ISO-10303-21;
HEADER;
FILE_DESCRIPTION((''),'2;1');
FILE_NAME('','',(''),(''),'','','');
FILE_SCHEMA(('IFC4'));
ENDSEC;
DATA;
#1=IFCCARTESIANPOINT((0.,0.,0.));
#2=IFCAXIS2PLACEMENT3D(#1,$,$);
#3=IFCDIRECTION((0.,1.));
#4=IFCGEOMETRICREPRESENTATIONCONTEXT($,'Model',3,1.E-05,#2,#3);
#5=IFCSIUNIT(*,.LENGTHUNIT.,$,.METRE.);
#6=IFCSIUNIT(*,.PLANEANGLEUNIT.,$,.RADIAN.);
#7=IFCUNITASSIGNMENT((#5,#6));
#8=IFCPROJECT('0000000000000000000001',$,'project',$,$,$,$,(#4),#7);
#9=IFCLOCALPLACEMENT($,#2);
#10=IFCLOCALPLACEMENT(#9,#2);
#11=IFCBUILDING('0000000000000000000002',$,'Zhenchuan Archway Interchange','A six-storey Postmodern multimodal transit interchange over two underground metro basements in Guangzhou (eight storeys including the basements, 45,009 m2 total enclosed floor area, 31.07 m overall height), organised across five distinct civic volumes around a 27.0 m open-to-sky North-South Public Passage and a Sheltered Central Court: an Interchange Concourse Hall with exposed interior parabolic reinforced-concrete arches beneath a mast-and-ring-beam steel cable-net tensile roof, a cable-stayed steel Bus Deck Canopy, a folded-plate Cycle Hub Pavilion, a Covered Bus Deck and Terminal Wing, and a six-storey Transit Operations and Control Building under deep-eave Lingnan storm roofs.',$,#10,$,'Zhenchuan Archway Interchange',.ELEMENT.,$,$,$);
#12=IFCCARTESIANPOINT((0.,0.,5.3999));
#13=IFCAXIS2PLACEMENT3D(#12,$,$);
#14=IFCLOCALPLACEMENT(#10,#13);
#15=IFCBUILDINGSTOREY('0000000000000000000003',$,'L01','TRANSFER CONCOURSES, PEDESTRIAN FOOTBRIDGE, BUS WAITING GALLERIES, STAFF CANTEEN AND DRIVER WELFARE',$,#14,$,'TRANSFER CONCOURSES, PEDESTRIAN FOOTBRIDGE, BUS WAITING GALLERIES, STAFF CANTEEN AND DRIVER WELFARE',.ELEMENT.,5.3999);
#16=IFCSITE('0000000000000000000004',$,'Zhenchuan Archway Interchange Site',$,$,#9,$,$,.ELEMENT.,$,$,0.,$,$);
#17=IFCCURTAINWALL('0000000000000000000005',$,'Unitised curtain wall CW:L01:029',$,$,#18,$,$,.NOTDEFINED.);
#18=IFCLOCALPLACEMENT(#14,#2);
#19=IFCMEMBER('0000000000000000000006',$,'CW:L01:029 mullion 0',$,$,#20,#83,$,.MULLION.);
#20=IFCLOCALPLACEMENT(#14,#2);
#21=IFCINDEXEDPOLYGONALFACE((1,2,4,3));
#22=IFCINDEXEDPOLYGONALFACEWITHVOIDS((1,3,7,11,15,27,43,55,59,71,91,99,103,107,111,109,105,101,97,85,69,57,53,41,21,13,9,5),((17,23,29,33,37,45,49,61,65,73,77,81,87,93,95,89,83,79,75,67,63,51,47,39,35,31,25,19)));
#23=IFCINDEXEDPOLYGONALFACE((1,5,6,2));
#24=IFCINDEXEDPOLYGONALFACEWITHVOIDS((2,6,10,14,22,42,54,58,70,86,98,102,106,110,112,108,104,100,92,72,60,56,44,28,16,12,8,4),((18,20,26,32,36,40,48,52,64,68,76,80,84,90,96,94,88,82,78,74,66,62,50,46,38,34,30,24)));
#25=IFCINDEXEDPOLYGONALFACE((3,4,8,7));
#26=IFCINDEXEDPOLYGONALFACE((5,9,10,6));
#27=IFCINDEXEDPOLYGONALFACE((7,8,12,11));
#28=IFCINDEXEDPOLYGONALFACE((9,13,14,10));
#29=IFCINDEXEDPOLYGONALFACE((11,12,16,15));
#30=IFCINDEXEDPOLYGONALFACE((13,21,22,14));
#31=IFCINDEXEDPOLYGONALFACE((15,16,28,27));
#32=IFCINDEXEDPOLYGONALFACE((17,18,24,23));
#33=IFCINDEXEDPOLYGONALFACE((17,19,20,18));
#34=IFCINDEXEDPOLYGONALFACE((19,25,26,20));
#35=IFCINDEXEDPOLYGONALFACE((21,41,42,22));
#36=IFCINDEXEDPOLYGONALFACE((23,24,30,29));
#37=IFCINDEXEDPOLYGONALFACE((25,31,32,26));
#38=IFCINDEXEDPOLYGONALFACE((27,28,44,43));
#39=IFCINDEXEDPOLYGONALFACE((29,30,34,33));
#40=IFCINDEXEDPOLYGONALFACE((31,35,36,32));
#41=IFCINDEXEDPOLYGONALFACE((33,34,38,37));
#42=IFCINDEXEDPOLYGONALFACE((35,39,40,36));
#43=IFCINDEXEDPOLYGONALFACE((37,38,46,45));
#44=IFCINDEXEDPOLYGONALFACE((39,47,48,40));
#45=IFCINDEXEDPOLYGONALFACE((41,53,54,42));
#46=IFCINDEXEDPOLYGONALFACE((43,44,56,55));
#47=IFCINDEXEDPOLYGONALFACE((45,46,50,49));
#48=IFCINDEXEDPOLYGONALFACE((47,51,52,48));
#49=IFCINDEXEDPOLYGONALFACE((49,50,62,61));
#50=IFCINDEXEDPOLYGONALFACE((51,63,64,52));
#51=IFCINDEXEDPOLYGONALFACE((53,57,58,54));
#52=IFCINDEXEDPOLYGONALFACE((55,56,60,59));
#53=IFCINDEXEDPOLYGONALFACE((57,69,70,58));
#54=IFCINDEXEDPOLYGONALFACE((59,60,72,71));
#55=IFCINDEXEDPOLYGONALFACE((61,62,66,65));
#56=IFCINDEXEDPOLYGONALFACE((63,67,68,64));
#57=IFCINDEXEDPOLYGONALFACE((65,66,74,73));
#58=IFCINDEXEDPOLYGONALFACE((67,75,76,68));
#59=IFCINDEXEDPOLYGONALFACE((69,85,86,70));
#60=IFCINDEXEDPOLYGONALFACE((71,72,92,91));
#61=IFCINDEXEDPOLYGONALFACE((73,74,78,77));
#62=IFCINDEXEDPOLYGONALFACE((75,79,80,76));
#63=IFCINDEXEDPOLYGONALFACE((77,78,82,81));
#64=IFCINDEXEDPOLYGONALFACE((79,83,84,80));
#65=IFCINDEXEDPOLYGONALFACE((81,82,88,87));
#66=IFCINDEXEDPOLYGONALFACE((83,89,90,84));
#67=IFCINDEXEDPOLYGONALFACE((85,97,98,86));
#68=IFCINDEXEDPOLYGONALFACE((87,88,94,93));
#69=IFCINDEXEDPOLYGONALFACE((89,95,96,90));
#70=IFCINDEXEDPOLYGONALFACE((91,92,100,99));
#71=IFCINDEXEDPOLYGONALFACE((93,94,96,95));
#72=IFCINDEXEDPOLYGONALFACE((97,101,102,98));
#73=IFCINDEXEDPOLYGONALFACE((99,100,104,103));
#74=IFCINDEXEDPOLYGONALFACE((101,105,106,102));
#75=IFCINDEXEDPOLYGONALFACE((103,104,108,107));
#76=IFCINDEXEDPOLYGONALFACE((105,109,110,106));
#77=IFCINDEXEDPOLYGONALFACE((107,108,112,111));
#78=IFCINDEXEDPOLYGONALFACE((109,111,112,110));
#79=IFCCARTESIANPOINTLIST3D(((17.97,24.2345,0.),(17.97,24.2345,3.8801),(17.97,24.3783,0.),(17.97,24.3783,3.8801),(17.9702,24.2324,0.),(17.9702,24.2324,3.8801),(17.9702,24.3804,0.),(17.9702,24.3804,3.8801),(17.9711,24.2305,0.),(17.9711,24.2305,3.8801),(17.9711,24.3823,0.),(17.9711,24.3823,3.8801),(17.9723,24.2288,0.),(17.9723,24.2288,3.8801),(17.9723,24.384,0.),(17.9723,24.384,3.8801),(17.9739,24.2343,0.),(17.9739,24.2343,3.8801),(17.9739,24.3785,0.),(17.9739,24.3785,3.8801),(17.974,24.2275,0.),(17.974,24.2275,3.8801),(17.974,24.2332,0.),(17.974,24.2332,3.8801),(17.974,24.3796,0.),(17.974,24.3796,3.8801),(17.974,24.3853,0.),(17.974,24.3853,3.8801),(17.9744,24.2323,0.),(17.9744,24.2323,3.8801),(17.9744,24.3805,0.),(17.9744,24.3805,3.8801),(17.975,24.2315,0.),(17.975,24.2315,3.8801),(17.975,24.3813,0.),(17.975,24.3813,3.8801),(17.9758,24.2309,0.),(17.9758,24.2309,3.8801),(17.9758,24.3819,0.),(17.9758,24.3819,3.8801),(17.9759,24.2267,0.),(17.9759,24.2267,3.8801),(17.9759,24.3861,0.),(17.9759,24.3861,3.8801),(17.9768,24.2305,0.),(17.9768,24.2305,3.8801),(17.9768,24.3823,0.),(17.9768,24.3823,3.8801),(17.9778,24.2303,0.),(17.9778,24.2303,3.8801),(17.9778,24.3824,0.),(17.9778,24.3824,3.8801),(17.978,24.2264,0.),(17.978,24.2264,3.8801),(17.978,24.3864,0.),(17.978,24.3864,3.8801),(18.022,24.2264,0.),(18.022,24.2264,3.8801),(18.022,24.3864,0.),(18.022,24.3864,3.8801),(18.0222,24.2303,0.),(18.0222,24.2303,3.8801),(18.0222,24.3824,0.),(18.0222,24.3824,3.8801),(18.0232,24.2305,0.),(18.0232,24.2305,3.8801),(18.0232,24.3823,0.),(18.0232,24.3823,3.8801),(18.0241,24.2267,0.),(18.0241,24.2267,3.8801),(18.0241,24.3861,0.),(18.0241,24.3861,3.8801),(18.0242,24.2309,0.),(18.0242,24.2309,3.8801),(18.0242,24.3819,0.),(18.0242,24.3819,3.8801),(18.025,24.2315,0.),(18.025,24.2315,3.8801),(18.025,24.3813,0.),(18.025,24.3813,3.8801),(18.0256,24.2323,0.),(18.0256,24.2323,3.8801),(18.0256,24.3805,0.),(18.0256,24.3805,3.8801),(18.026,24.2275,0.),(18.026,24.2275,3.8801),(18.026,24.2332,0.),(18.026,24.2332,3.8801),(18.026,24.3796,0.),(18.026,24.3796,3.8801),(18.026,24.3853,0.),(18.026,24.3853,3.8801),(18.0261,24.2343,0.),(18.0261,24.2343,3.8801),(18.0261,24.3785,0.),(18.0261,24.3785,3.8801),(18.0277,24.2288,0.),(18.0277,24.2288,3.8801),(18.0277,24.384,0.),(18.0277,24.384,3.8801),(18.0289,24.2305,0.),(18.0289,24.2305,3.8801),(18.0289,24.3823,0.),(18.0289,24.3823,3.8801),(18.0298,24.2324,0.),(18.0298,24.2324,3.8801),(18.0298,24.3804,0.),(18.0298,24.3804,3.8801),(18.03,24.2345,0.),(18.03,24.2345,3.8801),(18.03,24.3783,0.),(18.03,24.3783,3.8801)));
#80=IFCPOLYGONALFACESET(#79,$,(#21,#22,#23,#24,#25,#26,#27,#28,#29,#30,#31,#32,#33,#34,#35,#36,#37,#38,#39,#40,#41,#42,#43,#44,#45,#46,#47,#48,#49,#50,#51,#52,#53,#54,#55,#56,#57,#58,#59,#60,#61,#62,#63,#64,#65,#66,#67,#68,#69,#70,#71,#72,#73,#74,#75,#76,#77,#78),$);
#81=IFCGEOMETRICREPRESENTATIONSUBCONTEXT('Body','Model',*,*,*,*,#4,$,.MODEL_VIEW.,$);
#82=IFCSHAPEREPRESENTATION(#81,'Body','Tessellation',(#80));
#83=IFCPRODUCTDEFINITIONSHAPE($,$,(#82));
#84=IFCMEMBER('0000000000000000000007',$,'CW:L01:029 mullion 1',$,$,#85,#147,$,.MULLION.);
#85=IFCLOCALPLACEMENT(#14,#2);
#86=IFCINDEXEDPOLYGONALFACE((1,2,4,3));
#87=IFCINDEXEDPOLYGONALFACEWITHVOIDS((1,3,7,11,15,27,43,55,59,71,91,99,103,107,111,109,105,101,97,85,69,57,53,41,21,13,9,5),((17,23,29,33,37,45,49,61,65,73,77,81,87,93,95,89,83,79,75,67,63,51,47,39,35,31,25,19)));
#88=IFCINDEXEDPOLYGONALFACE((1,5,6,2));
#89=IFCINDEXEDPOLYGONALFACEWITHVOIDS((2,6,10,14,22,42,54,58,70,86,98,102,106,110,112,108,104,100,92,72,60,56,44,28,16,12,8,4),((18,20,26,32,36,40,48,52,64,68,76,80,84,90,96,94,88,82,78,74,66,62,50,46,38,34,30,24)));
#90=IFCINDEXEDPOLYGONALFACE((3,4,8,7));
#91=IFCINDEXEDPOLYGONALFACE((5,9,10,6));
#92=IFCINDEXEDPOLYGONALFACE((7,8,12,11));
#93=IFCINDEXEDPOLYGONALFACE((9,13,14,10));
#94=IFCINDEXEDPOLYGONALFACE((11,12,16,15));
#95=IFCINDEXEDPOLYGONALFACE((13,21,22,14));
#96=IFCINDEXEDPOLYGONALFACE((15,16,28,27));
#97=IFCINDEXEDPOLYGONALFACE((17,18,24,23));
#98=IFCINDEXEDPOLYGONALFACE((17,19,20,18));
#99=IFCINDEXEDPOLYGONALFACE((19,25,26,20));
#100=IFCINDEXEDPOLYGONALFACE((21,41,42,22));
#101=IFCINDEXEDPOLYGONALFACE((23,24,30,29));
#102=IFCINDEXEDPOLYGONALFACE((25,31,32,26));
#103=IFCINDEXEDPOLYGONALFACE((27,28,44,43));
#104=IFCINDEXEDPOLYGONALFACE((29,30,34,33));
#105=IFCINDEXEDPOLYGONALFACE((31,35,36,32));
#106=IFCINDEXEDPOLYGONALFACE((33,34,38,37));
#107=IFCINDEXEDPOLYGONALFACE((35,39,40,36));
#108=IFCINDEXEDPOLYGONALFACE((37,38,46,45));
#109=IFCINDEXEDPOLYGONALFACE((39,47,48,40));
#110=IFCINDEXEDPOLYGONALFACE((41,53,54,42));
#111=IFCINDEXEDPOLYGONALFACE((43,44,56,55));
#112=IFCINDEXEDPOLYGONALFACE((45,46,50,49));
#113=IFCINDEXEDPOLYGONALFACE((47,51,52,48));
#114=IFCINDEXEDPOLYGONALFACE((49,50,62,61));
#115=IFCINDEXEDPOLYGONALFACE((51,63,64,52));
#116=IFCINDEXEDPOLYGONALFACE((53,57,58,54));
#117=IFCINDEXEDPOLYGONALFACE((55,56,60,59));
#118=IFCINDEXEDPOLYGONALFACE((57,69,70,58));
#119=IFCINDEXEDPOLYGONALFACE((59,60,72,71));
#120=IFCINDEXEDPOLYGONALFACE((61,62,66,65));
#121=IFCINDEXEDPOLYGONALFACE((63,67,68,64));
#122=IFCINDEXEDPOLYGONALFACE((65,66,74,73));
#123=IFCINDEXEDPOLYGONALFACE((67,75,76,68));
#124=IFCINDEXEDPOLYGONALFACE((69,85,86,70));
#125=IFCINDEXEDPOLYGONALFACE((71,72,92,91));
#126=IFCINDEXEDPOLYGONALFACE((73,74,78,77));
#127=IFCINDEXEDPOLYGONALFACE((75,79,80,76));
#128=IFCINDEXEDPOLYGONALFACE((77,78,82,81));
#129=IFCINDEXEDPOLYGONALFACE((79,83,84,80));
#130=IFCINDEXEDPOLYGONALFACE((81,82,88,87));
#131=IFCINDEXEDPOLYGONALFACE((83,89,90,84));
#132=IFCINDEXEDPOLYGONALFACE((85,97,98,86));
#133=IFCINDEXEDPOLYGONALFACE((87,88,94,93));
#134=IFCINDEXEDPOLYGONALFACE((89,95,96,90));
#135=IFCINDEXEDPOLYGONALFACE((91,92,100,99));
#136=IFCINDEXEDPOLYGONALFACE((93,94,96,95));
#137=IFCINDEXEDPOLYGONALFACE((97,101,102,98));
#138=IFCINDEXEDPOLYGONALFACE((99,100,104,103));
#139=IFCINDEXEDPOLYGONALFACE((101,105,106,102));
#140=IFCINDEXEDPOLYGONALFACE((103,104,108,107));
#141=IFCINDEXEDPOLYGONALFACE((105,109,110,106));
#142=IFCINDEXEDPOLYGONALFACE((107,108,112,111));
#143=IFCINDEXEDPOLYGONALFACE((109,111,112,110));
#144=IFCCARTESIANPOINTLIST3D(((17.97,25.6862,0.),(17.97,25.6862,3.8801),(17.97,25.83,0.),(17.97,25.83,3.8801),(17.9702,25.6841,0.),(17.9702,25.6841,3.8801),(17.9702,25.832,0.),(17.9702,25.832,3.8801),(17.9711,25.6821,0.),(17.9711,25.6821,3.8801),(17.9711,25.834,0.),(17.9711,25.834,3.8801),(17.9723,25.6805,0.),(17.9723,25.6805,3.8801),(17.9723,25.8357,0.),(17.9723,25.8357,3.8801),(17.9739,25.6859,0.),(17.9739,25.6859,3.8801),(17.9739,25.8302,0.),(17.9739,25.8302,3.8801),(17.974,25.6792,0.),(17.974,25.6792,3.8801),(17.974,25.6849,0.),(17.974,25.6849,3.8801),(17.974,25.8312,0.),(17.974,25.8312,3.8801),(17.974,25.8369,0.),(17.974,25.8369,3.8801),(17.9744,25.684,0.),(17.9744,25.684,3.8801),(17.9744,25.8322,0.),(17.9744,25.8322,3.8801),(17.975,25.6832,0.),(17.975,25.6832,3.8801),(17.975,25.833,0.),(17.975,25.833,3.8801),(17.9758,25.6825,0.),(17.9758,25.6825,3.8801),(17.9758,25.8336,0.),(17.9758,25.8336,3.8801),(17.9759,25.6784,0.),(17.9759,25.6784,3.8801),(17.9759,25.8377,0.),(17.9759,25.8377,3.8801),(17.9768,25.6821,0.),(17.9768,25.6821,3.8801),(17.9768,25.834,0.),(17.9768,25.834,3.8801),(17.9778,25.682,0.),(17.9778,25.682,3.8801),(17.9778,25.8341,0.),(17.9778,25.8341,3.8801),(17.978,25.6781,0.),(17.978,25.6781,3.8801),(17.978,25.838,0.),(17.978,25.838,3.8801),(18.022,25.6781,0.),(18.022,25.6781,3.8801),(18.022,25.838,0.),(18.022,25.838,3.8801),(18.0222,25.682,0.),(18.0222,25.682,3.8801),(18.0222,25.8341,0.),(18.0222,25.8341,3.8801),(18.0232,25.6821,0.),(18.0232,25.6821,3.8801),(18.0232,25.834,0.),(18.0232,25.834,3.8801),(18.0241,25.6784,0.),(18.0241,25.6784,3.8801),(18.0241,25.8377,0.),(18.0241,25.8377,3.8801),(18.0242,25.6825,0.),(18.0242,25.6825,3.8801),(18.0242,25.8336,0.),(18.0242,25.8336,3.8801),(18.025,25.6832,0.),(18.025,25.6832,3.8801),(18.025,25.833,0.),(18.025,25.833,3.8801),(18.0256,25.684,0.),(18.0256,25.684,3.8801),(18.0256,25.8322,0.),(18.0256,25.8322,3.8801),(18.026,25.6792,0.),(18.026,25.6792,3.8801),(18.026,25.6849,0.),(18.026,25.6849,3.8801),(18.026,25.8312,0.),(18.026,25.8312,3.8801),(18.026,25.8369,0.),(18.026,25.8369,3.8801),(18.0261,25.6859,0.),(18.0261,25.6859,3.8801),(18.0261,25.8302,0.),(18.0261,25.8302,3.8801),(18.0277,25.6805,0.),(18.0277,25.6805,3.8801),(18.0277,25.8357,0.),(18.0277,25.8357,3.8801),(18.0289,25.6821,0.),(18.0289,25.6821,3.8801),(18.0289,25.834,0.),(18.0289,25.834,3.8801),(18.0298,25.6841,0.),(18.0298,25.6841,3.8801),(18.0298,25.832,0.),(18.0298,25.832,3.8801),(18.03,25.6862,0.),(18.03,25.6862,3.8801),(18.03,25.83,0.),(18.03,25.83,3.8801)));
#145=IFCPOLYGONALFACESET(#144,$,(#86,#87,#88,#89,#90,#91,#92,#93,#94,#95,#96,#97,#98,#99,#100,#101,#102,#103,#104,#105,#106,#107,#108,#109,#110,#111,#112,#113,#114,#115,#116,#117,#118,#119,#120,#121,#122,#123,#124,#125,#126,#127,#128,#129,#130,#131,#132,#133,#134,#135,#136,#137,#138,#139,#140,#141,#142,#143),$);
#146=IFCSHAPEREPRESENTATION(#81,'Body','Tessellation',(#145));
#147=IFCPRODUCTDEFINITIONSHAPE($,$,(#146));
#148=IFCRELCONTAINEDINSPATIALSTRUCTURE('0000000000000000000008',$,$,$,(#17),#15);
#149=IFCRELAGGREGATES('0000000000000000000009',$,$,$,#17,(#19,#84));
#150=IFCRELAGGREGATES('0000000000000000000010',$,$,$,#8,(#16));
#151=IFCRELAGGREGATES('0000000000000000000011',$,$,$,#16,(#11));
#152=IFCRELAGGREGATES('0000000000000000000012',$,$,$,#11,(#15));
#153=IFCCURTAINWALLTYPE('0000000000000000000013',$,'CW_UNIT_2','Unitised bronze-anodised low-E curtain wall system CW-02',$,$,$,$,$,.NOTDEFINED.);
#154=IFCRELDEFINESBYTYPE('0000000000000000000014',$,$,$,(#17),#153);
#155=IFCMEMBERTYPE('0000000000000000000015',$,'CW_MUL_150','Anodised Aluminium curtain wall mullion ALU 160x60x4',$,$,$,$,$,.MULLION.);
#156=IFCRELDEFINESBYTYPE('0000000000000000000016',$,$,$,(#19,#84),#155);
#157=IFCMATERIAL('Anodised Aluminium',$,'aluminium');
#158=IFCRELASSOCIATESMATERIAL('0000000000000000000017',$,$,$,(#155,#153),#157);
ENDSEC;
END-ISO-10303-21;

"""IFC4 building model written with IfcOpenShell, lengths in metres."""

from ifc_helpers import new_model, si_unit, direction, frame, origin, origin_2d, place, context, subcontext, project, spatial, hollow_rectangle, extrude, material, material_profile, profile_set, type_object, element, aggregate, save


model = new_model("IFC4")

# Units and contexts
model_context = context("Model", 3, precision=1e-05, world=origin(), true_north=direction((0.0, 1.0)))
body_context = subcontext(model_context, "Body", "Model", "MODEL_VIEW")
ifc_project = project(units=[si_unit("LENGTHUNIT", "METRE"), si_unit("PLANEANGLEUNIT", "RADIAN")], contexts=[model_context])

# Site, building, storey
site_placement = place(None, origin())
site = spatial("IfcSite", under=ifc_project, at=site_placement, Name="Zhenchuan Archway Interchange Site", CompositionType="ELEMENT", RefElevation=0.0)
building_placement = place(site_placement, origin())
building = spatial("IfcBuilding", under=site, at=building_placement, Name="Zhenchuan Archway Interchange", Description="A six-storey Postmodern multimodal transit interchange over two underground metro basements in Guangzhou (eight storeys including the basements, 45,009 m2 total enclosed floor area, 31.07 m overall height), organised across five distinct civic volumes around a 27.0 m open-to-sky North-South Public Passage and a Sheltered Central Court: an Interchange Concourse Hall with exposed interior parabolic reinforced-concrete arches beneath a mast-and-ring-beam steel cable-net tensile roof, a cable-stayed steel Bus Deck Canopy, a folded-plate Cycle Hub Pavilion, a Covered Bus Deck and Terminal Wing, and a six-storey Transit Operations and Control Building under deep-eave Lingnan storm roofs.", LongName="Zhenchuan Archway Interchange", CompositionType="ELEMENT")
storey_placement = place(building_placement, frame((0.0, 0.0, 5.3999)))
storey = spatial("IfcBuildingStorey", under=building, at=storey_placement, Name="L01", Description="TRANSFER CONCOURSES, PEDESTRIAN FOOTBRIDGE, BUS WAITING GALLERIES, STAFF CANTEEN AND DRIVER WELFARE", LongName="TRANSFER CONCOURSES, PEDESTRIAN FOOTBRIDGE, BUS WAITING GALLERIES, STAFF CANTEEN AND DRIVER WELFARE", CompositionType="ELEMENT", Elevation=5.3999)

# Curtain wall, members
ifc_material_1 = material(Name="Anodised Aluminium", Category="aluminium")
ifc_material_profile_1 = material_profile(ifc_material_1, hollow_rectangle(XDim=0.0601, YDim=0.1599, WallThickness=0.0039, InnerFilletRadius=0.0039, OuterFilletRadius=0.0081, at=origin_2d()), Name="ALU 160x60x4")
ifc_profile_set_1 = profile_set([ifc_material_profile_1], Name="Anodised Aluminium")
member_type_1 = type_object("IfcMemberType", Name="CW_MUL_150", Description="Anodised Aluminium curtain wall mullion ALU 160x60x4", PredefinedType="MULLION", material=ifc_profile_set_1)
curtain_wall_type_1 = type_object("IfcCurtainWallType", Name="CW_UNIT_2", Description="Unitised bronze-anodised low-E curtain wall system CW-02", PredefinedType="NOTDEFINED", material=ifc_material_1)
curtain_wall_1_placement = place(storey_placement, origin())
curtain_wall_1 = element("IfcCurtainWall", 1, at=curtain_wall_1_placement, inside=storey, type_object=curtain_wall_type_1, Name="Unitised curtain wall CW:L01:029", PredefinedType="NOTDEFINED")
member_1_placement = place(storey_placement, frame((18.0, 24.3064, 0.0), z_axis=(0.0, 0.0, 1.0), x_axis=(1.0, 0.0, 0.0)))
member_1 = element("IfcMember", 2, at=member_1_placement, type_object=member_type_1, Name="CW:L01:029 mullion 0", PredefinedType="MULLION", context=body_context, shape_type="SweptSolid", body=[
    extrude(hollow_rectangle(XDim=0.0601, YDim=0.1599, WallThickness=0.0039, InnerFilletRadius=0.0039, OuterFilletRadius=0.0081, at=origin_2d()), origin(), (0.0, 0.0, 1.0), 3.8801),
])
member_2_placement = place(storey_placement, frame((18.0, 25.7581, 0.0), z_axis=(0.0, 0.0, 1.0), x_axis=(1.0, 0.0, 0.0)))
member_2 = element("IfcMember", 3, at=member_2_placement, type_object=member_type_1, Name="CW:L01:029 mullion 1", PredefinedType="MULLION", context=body_context, shape_type="SweptSolid", body=[
    extrude(hollow_rectangle(XDim=0.0601, YDim=0.1599, WallThickness=0.0039, InnerFilletRadius=0.0039, OuterFilletRadius=0.0081, at=origin_2d()), origin(), (0.0, 0.0, 1.0), 3.8801),
])

aggregate(curtain_wall_1, [member_1, member_2])

save(model, "model.ifc")
